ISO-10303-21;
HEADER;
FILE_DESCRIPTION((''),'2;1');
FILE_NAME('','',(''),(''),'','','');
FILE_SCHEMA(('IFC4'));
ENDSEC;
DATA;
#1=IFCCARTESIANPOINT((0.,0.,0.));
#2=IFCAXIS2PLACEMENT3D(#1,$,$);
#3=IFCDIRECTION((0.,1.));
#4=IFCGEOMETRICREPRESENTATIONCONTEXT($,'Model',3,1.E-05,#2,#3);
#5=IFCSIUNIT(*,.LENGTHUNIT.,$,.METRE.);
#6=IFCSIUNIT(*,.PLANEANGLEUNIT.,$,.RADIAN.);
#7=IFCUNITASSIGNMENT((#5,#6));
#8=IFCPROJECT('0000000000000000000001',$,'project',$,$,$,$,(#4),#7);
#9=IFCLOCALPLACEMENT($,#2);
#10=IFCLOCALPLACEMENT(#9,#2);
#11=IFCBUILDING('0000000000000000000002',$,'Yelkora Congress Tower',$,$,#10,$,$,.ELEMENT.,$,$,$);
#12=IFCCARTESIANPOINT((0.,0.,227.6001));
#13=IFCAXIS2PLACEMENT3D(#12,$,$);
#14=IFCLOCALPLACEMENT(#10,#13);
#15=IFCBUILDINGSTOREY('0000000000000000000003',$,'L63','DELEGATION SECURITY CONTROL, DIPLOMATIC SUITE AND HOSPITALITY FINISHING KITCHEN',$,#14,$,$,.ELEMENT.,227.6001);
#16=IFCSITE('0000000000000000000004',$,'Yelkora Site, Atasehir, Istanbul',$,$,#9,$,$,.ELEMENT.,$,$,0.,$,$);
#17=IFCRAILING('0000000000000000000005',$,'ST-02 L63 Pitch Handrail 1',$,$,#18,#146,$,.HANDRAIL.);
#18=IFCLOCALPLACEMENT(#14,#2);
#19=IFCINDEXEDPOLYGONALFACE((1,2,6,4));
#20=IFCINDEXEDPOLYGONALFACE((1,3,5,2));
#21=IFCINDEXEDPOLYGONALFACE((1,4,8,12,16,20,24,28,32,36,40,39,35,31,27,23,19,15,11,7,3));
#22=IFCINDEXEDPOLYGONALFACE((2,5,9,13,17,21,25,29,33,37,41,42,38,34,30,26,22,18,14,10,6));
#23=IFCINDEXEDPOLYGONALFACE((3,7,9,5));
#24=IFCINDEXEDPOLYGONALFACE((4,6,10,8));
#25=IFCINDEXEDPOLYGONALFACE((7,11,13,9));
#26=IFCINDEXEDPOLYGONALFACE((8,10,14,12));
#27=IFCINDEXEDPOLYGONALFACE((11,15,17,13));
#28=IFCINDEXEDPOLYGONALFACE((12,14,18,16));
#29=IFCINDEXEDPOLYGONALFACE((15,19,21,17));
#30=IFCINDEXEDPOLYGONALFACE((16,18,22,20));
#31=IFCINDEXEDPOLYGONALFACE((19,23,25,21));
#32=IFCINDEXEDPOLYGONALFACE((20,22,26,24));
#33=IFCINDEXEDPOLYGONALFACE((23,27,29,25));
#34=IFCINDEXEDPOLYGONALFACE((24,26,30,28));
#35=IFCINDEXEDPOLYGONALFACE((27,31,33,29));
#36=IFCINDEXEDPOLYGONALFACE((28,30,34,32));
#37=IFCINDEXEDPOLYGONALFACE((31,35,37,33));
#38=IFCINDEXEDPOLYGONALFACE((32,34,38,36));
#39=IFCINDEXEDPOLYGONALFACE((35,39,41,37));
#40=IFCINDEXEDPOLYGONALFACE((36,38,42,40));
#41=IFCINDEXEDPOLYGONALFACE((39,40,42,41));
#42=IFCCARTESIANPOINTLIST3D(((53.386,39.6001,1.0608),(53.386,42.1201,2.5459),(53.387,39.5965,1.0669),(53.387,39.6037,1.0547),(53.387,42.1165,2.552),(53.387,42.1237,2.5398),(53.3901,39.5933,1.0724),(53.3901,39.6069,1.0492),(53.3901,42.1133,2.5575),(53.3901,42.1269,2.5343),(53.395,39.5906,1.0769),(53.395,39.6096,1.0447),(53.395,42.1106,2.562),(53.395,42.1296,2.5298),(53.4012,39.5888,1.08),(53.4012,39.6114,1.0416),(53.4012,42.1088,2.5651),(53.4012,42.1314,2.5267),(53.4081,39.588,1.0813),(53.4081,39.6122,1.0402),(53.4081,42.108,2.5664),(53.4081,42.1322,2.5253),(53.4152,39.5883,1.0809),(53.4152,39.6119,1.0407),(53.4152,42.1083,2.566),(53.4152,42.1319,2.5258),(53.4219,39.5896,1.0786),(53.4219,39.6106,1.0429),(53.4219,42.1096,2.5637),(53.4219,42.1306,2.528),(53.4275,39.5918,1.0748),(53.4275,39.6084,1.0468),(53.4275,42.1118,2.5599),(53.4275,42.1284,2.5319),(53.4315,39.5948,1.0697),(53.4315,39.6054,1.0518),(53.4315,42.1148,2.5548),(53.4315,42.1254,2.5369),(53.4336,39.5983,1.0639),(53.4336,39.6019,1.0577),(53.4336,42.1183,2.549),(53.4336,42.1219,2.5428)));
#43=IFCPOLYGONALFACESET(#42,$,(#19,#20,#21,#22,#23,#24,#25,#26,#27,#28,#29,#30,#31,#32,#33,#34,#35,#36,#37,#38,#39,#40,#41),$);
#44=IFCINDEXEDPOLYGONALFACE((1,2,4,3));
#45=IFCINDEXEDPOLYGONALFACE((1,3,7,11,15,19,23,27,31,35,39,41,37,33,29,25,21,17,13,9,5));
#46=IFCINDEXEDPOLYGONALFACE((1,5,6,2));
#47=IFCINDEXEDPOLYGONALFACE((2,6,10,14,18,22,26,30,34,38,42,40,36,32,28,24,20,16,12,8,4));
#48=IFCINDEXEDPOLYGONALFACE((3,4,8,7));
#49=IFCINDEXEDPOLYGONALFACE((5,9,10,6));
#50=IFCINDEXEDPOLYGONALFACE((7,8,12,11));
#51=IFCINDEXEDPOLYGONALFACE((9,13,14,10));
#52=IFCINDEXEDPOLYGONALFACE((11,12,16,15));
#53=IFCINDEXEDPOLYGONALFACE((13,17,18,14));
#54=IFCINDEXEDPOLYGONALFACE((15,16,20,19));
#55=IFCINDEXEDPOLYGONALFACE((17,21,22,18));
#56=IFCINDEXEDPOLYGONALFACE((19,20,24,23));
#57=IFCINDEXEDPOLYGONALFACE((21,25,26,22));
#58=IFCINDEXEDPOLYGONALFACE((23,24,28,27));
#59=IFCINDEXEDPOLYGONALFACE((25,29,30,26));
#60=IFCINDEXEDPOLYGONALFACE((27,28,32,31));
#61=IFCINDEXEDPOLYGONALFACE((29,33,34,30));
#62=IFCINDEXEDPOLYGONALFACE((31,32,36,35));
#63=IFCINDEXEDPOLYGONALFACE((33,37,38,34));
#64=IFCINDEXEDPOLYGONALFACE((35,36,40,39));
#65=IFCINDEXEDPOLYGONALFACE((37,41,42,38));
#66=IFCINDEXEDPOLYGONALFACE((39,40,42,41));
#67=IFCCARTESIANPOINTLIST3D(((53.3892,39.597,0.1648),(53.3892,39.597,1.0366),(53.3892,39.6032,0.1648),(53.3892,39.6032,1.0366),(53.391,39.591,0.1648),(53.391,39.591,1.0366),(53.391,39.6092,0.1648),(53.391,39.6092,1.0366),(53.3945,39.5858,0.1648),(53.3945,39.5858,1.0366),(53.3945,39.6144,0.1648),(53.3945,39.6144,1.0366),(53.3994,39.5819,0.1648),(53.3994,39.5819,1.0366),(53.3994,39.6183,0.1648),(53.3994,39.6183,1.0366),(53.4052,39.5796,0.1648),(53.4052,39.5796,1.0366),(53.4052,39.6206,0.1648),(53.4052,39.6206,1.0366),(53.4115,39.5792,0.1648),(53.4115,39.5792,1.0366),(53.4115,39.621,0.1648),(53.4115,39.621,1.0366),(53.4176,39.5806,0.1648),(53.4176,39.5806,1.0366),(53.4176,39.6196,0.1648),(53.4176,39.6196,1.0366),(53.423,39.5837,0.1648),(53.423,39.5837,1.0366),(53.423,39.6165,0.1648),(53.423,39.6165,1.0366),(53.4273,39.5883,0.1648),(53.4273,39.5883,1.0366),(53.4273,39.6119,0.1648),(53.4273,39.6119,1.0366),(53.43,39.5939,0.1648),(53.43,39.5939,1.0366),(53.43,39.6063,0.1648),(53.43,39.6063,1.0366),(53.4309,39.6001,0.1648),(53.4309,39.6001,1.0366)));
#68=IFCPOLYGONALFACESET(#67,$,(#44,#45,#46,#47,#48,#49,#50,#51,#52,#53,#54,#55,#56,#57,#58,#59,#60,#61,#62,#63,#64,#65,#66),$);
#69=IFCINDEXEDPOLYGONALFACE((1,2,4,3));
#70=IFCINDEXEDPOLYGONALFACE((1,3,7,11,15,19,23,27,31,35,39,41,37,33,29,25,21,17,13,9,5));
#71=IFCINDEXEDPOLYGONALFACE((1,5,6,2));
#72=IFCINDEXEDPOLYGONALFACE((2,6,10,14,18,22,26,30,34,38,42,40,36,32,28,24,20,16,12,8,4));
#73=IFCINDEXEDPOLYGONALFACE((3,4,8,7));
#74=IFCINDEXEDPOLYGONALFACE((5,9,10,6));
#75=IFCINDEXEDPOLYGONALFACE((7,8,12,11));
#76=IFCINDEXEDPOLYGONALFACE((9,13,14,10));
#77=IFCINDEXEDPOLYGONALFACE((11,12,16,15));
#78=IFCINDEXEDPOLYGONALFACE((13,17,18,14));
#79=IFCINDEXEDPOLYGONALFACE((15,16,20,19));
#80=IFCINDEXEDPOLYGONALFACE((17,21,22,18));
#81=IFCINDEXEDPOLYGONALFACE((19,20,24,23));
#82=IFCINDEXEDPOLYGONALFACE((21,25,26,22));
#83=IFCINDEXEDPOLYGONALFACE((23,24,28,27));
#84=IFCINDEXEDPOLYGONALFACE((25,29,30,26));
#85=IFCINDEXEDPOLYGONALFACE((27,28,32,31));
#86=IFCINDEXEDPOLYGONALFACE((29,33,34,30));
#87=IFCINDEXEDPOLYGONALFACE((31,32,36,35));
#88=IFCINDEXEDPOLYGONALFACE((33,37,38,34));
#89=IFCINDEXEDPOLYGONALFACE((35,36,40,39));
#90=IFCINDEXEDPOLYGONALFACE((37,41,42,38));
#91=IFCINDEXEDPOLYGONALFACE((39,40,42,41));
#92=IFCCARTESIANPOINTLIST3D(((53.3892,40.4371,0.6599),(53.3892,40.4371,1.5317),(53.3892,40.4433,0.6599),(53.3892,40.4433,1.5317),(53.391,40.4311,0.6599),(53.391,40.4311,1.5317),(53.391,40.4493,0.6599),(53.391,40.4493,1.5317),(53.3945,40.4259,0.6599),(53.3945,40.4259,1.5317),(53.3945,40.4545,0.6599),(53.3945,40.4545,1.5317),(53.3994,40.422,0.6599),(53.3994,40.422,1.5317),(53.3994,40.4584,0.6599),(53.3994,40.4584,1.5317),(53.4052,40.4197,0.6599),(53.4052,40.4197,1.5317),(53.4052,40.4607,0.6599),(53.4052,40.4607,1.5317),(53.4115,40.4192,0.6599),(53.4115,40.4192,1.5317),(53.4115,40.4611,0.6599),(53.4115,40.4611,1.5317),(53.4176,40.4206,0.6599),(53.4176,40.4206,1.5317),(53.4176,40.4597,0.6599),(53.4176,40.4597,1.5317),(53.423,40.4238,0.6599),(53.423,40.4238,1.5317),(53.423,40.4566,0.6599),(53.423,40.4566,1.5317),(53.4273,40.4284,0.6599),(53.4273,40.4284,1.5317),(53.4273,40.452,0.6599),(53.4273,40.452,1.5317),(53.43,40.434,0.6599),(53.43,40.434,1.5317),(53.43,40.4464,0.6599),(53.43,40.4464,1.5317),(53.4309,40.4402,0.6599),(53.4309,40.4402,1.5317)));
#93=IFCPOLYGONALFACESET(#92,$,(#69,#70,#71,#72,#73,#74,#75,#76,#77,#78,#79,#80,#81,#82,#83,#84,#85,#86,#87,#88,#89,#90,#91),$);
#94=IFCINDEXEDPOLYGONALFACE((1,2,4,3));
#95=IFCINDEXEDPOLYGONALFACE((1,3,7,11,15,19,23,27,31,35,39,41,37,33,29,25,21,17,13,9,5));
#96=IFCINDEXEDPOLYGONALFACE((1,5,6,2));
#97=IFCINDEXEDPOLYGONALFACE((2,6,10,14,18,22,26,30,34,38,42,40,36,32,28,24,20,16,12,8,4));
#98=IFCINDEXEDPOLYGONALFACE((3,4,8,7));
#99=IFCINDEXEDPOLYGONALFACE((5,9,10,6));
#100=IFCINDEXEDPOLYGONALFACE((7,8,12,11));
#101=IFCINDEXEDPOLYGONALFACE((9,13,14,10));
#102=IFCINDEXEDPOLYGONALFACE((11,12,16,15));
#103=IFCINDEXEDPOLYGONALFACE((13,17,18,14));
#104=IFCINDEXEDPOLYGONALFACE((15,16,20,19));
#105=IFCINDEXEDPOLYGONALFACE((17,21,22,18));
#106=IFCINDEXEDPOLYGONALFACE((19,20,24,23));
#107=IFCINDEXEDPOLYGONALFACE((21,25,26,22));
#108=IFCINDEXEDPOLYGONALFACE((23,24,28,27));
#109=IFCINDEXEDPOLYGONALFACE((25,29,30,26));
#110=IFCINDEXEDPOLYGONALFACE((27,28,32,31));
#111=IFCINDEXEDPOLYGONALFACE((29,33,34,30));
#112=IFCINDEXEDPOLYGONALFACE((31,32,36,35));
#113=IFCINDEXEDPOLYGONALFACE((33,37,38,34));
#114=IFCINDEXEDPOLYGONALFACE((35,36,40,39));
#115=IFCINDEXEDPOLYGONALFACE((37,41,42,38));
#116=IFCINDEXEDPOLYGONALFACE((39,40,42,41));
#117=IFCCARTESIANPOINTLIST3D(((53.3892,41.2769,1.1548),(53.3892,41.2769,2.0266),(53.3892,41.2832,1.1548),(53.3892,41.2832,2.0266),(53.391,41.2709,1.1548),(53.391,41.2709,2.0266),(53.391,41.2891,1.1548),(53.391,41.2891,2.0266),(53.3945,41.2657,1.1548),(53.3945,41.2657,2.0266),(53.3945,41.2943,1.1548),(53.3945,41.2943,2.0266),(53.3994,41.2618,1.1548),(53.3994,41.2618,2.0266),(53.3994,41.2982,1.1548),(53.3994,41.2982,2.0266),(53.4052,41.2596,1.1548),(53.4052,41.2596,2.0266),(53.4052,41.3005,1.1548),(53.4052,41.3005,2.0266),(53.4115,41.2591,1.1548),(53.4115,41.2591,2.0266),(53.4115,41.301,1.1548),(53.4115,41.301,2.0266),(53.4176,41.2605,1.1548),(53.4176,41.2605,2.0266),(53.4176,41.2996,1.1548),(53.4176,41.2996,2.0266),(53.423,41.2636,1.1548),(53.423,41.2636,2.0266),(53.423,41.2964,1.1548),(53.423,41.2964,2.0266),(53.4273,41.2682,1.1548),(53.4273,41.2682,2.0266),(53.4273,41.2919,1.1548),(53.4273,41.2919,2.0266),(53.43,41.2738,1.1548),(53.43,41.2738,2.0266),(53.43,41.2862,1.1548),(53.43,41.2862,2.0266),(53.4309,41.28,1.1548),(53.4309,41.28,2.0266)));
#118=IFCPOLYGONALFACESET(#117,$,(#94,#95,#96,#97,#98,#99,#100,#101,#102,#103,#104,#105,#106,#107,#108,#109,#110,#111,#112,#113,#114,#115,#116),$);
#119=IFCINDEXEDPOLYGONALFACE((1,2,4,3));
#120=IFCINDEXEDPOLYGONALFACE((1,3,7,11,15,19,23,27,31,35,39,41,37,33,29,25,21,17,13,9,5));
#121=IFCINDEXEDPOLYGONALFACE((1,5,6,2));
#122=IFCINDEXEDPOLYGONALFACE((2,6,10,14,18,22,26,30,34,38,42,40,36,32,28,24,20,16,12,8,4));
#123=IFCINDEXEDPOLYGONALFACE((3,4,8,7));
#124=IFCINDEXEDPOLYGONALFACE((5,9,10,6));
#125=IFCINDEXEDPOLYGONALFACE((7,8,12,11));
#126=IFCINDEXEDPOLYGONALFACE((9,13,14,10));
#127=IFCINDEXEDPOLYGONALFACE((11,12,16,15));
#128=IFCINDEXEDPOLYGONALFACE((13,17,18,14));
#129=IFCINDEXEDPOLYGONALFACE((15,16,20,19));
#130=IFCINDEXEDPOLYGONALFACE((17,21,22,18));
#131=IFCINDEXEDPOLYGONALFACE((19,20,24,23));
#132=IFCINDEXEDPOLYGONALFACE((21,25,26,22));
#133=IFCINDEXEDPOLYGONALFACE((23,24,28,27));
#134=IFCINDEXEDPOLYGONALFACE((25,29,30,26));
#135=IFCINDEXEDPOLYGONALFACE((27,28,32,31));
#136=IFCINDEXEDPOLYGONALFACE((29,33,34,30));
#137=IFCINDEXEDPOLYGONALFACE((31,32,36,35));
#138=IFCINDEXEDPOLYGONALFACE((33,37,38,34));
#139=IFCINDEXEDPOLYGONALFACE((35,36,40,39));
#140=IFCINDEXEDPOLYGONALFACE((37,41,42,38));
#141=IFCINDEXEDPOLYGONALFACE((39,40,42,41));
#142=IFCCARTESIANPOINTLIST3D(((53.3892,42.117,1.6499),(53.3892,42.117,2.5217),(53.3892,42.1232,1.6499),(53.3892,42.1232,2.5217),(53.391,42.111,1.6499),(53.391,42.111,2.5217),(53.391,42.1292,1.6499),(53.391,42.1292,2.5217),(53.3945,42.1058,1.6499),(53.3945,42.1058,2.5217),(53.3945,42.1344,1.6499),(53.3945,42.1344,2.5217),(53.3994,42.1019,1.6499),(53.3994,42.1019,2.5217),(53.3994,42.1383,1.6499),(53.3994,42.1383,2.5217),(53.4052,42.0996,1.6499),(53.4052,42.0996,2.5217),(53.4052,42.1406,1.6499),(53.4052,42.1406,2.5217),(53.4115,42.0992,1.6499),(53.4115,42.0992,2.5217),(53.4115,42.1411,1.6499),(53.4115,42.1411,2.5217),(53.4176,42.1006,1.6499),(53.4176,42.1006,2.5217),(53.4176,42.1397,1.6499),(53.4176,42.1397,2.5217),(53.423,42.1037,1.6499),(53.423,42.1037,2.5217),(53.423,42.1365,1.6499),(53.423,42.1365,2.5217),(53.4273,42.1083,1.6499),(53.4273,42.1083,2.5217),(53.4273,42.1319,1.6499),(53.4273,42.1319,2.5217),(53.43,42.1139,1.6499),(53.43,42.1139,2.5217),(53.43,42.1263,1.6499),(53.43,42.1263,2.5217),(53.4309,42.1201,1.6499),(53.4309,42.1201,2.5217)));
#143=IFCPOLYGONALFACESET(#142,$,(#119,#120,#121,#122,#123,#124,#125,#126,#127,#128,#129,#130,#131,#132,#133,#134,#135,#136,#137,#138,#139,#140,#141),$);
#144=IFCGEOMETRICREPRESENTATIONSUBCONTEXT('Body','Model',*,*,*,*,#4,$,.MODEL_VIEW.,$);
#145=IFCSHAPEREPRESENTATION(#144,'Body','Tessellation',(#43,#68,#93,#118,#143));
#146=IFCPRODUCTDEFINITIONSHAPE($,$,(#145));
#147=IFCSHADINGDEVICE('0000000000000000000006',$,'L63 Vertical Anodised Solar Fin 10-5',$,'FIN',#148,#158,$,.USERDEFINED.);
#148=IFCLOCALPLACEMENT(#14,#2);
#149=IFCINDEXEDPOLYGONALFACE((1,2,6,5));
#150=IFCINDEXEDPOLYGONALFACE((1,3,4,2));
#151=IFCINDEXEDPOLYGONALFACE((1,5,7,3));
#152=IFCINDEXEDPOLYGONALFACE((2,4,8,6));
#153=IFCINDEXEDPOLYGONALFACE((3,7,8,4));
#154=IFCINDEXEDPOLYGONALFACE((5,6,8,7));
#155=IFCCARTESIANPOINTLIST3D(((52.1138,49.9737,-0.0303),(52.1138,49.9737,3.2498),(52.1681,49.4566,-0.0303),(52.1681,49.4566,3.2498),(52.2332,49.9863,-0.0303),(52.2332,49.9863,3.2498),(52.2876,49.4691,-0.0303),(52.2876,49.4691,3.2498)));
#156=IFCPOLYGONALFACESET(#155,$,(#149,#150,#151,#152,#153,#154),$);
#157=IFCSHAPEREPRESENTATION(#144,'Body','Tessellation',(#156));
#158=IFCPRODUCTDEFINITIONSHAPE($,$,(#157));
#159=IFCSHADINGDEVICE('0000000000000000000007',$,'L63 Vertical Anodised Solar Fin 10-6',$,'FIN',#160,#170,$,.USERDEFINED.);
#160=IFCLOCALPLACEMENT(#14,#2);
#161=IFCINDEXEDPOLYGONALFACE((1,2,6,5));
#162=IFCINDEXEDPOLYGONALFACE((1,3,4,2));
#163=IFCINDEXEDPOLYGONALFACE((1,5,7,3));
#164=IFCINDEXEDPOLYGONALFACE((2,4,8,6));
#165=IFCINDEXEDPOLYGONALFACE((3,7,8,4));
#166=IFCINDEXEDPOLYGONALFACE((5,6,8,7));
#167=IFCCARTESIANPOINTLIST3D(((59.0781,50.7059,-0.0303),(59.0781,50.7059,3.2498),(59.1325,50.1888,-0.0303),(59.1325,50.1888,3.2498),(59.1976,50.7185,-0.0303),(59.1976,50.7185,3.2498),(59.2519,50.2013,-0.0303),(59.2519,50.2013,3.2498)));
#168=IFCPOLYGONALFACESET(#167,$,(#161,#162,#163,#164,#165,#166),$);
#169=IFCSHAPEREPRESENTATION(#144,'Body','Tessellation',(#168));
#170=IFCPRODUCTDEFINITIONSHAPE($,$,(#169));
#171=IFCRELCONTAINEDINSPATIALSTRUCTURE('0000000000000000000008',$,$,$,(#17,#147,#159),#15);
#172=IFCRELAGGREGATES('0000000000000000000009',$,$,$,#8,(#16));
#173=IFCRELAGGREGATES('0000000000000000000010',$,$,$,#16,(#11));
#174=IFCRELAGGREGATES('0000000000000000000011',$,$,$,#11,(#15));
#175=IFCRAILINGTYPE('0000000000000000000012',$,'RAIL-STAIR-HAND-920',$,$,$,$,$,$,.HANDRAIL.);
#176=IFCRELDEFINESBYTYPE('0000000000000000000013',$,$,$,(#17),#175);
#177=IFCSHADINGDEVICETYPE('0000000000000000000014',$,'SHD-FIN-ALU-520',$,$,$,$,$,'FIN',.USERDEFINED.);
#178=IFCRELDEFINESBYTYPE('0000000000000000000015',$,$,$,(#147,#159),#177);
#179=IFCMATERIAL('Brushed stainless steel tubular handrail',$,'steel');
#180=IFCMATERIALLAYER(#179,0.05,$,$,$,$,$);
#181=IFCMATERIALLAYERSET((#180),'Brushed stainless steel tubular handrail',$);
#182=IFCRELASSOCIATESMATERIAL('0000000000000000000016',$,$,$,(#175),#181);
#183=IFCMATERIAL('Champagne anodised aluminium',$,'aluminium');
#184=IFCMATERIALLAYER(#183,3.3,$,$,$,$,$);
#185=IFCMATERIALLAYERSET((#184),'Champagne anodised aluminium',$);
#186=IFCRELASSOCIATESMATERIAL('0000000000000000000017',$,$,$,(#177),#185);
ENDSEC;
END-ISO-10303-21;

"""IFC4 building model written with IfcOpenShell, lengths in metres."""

from ifc_helpers import new_model, si_unit, direction, frame, origin, origin_2d, place, context, subcontext, project, spatial, rectangle, circle, extrude, material, layer, layer_set, type_object, element, save


model = new_model("IFC4")

# Units and contexts
model_context = context("Model", 3, precision=1e-05, world=origin(), true_north=direction((0.0, 1.0)))
body_context = subcontext(model_context, "Body", "Model", "MODEL_VIEW")
ifc_project = project(units=[si_unit("LENGTHUNIT", "METRE"), si_unit("PLANEANGLEUNIT", "RADIAN")], contexts=[model_context])

# Site, building, storey
site_placement = place(None, origin())
site = spatial("IfcSite", under=ifc_project, at=site_placement, Name="Yelkora Site, Atasehir, Istanbul", CompositionType="ELEMENT", RefElevation=0.0)
building_placement = place(site_placement, origin())
building = spatial("IfcBuilding", under=site, at=building_placement, Name="Yelkora Congress Tower", CompositionType="ELEMENT")
storey_placement = place(building_placement, frame((0.0, 0.0, 227.6001)))
storey = spatial("IfcBuildingStorey", under=building, at=storey_placement, Name="L63", Description="DELEGATION SECURITY CONTROL, DIPLOMATIC SUITE AND HOSPITALITY FINISHING KITCHEN", CompositionType="ELEMENT", Elevation=227.6001)

# Railing
ifc_material_1 = material(Name="Brushed stainless steel tubular handrail", Category="steel")
ifc_layer_1 = layer(ifc_material_1, 0.05)
ifc_layer_set_1 = layer_set([ifc_layer_1], Name="Brushed stainless steel tubular handrail")
railing_type_1 = type_object("IfcRailingType", Name="RAIL-STAIR-HAND-920", PredefinedType="HANDRAIL", material=ifc_layer_set_1)
railing_1_placement = place(storey_placement, frame((53.4099, 39.6001, 0.1648)))
element("IfcRailing", 1, at=railing_1_placement, inside=storey, type_object=railing_type_1, Name="ST-02 L63 Pitch Handrail 1", PredefinedType="HANDRAIL", context=body_context, shape_type="SweptSolid", body=[
    extrude(circle(Radius=0.0239, at=origin_2d()), frame((0.0, 0.0, 0.896), z_axis=(0.0, 0.861524, 0.507717), x_axis=(-1.0, 0.0, 0.0)), (0.0, 0.0, 1.0), 2.925),
    extrude(circle(Radius=0.021, at=origin_2d()), origin(), (0.0, 0.0, 1.0), 0.8718),
    extrude(circle(Radius=0.021, at=origin_2d()), frame((0.0, 0.8401, 0.4951)), (0.0, 0.0, 1.0), 0.8718),
    extrude(circle(Radius=0.021, at=origin_2d()), frame((0.0, 1.6799, 0.99)), (0.0, 0.0, 1.0), 0.8718),
    extrude(circle(Radius=0.021, at=origin_2d()), frame((0.0, 2.52, 1.4851)), (0.0, 0.0, 1.0), 0.8718),
])

# Shading devices
ifc_material_2 = material(Name="Champagne anodised aluminium", Category="aluminium")
ifc_layer_2 = layer(ifc_material_2, 3.3)
ifc_layer_set_2 = layer_set([ifc_layer_2], Name="Champagne anodised aluminium")
shading_device_type = type_object("IfcShadingDeviceType", Name="SHD-FIN-ALU-520", ElementType="FIN", PredefinedType="USERDEFINED", material=ifc_layer_set_2)
for number, where, z_axis, x_axis, name in (
    (2, (52.2007, 49.7214, -0.0303), (0.0, 0.0, 1.0), (0.994522, 0.104528, 0.0), "L63 Vertical Anodised Solar Fin 10-5"),
    (3, (59.165, 50.4536, -0.0303), (0.0, 0.0, 1.0), (0.994522, 0.104528, 0.0), "L63 Vertical Anodised Solar Fin 10-6"),
):
    element("IfcShadingDevice", number, at=place(storey_placement, frame(where, z_axis=z_axis, x_axis=x_axis)), inside=storey, type_object=shading_device_type, Name=name, ObjectType="FIN", PredefinedType="USERDEFINED", context=body_context, shape_type="SweptSolid", body=[
        extrude(rectangle(XDim=0.1201, YDim=0.52, at=origin_2d()), origin(), (0.0, 0.0, 1.0), 3.28),
    ])

save(model, "model.ifc")
